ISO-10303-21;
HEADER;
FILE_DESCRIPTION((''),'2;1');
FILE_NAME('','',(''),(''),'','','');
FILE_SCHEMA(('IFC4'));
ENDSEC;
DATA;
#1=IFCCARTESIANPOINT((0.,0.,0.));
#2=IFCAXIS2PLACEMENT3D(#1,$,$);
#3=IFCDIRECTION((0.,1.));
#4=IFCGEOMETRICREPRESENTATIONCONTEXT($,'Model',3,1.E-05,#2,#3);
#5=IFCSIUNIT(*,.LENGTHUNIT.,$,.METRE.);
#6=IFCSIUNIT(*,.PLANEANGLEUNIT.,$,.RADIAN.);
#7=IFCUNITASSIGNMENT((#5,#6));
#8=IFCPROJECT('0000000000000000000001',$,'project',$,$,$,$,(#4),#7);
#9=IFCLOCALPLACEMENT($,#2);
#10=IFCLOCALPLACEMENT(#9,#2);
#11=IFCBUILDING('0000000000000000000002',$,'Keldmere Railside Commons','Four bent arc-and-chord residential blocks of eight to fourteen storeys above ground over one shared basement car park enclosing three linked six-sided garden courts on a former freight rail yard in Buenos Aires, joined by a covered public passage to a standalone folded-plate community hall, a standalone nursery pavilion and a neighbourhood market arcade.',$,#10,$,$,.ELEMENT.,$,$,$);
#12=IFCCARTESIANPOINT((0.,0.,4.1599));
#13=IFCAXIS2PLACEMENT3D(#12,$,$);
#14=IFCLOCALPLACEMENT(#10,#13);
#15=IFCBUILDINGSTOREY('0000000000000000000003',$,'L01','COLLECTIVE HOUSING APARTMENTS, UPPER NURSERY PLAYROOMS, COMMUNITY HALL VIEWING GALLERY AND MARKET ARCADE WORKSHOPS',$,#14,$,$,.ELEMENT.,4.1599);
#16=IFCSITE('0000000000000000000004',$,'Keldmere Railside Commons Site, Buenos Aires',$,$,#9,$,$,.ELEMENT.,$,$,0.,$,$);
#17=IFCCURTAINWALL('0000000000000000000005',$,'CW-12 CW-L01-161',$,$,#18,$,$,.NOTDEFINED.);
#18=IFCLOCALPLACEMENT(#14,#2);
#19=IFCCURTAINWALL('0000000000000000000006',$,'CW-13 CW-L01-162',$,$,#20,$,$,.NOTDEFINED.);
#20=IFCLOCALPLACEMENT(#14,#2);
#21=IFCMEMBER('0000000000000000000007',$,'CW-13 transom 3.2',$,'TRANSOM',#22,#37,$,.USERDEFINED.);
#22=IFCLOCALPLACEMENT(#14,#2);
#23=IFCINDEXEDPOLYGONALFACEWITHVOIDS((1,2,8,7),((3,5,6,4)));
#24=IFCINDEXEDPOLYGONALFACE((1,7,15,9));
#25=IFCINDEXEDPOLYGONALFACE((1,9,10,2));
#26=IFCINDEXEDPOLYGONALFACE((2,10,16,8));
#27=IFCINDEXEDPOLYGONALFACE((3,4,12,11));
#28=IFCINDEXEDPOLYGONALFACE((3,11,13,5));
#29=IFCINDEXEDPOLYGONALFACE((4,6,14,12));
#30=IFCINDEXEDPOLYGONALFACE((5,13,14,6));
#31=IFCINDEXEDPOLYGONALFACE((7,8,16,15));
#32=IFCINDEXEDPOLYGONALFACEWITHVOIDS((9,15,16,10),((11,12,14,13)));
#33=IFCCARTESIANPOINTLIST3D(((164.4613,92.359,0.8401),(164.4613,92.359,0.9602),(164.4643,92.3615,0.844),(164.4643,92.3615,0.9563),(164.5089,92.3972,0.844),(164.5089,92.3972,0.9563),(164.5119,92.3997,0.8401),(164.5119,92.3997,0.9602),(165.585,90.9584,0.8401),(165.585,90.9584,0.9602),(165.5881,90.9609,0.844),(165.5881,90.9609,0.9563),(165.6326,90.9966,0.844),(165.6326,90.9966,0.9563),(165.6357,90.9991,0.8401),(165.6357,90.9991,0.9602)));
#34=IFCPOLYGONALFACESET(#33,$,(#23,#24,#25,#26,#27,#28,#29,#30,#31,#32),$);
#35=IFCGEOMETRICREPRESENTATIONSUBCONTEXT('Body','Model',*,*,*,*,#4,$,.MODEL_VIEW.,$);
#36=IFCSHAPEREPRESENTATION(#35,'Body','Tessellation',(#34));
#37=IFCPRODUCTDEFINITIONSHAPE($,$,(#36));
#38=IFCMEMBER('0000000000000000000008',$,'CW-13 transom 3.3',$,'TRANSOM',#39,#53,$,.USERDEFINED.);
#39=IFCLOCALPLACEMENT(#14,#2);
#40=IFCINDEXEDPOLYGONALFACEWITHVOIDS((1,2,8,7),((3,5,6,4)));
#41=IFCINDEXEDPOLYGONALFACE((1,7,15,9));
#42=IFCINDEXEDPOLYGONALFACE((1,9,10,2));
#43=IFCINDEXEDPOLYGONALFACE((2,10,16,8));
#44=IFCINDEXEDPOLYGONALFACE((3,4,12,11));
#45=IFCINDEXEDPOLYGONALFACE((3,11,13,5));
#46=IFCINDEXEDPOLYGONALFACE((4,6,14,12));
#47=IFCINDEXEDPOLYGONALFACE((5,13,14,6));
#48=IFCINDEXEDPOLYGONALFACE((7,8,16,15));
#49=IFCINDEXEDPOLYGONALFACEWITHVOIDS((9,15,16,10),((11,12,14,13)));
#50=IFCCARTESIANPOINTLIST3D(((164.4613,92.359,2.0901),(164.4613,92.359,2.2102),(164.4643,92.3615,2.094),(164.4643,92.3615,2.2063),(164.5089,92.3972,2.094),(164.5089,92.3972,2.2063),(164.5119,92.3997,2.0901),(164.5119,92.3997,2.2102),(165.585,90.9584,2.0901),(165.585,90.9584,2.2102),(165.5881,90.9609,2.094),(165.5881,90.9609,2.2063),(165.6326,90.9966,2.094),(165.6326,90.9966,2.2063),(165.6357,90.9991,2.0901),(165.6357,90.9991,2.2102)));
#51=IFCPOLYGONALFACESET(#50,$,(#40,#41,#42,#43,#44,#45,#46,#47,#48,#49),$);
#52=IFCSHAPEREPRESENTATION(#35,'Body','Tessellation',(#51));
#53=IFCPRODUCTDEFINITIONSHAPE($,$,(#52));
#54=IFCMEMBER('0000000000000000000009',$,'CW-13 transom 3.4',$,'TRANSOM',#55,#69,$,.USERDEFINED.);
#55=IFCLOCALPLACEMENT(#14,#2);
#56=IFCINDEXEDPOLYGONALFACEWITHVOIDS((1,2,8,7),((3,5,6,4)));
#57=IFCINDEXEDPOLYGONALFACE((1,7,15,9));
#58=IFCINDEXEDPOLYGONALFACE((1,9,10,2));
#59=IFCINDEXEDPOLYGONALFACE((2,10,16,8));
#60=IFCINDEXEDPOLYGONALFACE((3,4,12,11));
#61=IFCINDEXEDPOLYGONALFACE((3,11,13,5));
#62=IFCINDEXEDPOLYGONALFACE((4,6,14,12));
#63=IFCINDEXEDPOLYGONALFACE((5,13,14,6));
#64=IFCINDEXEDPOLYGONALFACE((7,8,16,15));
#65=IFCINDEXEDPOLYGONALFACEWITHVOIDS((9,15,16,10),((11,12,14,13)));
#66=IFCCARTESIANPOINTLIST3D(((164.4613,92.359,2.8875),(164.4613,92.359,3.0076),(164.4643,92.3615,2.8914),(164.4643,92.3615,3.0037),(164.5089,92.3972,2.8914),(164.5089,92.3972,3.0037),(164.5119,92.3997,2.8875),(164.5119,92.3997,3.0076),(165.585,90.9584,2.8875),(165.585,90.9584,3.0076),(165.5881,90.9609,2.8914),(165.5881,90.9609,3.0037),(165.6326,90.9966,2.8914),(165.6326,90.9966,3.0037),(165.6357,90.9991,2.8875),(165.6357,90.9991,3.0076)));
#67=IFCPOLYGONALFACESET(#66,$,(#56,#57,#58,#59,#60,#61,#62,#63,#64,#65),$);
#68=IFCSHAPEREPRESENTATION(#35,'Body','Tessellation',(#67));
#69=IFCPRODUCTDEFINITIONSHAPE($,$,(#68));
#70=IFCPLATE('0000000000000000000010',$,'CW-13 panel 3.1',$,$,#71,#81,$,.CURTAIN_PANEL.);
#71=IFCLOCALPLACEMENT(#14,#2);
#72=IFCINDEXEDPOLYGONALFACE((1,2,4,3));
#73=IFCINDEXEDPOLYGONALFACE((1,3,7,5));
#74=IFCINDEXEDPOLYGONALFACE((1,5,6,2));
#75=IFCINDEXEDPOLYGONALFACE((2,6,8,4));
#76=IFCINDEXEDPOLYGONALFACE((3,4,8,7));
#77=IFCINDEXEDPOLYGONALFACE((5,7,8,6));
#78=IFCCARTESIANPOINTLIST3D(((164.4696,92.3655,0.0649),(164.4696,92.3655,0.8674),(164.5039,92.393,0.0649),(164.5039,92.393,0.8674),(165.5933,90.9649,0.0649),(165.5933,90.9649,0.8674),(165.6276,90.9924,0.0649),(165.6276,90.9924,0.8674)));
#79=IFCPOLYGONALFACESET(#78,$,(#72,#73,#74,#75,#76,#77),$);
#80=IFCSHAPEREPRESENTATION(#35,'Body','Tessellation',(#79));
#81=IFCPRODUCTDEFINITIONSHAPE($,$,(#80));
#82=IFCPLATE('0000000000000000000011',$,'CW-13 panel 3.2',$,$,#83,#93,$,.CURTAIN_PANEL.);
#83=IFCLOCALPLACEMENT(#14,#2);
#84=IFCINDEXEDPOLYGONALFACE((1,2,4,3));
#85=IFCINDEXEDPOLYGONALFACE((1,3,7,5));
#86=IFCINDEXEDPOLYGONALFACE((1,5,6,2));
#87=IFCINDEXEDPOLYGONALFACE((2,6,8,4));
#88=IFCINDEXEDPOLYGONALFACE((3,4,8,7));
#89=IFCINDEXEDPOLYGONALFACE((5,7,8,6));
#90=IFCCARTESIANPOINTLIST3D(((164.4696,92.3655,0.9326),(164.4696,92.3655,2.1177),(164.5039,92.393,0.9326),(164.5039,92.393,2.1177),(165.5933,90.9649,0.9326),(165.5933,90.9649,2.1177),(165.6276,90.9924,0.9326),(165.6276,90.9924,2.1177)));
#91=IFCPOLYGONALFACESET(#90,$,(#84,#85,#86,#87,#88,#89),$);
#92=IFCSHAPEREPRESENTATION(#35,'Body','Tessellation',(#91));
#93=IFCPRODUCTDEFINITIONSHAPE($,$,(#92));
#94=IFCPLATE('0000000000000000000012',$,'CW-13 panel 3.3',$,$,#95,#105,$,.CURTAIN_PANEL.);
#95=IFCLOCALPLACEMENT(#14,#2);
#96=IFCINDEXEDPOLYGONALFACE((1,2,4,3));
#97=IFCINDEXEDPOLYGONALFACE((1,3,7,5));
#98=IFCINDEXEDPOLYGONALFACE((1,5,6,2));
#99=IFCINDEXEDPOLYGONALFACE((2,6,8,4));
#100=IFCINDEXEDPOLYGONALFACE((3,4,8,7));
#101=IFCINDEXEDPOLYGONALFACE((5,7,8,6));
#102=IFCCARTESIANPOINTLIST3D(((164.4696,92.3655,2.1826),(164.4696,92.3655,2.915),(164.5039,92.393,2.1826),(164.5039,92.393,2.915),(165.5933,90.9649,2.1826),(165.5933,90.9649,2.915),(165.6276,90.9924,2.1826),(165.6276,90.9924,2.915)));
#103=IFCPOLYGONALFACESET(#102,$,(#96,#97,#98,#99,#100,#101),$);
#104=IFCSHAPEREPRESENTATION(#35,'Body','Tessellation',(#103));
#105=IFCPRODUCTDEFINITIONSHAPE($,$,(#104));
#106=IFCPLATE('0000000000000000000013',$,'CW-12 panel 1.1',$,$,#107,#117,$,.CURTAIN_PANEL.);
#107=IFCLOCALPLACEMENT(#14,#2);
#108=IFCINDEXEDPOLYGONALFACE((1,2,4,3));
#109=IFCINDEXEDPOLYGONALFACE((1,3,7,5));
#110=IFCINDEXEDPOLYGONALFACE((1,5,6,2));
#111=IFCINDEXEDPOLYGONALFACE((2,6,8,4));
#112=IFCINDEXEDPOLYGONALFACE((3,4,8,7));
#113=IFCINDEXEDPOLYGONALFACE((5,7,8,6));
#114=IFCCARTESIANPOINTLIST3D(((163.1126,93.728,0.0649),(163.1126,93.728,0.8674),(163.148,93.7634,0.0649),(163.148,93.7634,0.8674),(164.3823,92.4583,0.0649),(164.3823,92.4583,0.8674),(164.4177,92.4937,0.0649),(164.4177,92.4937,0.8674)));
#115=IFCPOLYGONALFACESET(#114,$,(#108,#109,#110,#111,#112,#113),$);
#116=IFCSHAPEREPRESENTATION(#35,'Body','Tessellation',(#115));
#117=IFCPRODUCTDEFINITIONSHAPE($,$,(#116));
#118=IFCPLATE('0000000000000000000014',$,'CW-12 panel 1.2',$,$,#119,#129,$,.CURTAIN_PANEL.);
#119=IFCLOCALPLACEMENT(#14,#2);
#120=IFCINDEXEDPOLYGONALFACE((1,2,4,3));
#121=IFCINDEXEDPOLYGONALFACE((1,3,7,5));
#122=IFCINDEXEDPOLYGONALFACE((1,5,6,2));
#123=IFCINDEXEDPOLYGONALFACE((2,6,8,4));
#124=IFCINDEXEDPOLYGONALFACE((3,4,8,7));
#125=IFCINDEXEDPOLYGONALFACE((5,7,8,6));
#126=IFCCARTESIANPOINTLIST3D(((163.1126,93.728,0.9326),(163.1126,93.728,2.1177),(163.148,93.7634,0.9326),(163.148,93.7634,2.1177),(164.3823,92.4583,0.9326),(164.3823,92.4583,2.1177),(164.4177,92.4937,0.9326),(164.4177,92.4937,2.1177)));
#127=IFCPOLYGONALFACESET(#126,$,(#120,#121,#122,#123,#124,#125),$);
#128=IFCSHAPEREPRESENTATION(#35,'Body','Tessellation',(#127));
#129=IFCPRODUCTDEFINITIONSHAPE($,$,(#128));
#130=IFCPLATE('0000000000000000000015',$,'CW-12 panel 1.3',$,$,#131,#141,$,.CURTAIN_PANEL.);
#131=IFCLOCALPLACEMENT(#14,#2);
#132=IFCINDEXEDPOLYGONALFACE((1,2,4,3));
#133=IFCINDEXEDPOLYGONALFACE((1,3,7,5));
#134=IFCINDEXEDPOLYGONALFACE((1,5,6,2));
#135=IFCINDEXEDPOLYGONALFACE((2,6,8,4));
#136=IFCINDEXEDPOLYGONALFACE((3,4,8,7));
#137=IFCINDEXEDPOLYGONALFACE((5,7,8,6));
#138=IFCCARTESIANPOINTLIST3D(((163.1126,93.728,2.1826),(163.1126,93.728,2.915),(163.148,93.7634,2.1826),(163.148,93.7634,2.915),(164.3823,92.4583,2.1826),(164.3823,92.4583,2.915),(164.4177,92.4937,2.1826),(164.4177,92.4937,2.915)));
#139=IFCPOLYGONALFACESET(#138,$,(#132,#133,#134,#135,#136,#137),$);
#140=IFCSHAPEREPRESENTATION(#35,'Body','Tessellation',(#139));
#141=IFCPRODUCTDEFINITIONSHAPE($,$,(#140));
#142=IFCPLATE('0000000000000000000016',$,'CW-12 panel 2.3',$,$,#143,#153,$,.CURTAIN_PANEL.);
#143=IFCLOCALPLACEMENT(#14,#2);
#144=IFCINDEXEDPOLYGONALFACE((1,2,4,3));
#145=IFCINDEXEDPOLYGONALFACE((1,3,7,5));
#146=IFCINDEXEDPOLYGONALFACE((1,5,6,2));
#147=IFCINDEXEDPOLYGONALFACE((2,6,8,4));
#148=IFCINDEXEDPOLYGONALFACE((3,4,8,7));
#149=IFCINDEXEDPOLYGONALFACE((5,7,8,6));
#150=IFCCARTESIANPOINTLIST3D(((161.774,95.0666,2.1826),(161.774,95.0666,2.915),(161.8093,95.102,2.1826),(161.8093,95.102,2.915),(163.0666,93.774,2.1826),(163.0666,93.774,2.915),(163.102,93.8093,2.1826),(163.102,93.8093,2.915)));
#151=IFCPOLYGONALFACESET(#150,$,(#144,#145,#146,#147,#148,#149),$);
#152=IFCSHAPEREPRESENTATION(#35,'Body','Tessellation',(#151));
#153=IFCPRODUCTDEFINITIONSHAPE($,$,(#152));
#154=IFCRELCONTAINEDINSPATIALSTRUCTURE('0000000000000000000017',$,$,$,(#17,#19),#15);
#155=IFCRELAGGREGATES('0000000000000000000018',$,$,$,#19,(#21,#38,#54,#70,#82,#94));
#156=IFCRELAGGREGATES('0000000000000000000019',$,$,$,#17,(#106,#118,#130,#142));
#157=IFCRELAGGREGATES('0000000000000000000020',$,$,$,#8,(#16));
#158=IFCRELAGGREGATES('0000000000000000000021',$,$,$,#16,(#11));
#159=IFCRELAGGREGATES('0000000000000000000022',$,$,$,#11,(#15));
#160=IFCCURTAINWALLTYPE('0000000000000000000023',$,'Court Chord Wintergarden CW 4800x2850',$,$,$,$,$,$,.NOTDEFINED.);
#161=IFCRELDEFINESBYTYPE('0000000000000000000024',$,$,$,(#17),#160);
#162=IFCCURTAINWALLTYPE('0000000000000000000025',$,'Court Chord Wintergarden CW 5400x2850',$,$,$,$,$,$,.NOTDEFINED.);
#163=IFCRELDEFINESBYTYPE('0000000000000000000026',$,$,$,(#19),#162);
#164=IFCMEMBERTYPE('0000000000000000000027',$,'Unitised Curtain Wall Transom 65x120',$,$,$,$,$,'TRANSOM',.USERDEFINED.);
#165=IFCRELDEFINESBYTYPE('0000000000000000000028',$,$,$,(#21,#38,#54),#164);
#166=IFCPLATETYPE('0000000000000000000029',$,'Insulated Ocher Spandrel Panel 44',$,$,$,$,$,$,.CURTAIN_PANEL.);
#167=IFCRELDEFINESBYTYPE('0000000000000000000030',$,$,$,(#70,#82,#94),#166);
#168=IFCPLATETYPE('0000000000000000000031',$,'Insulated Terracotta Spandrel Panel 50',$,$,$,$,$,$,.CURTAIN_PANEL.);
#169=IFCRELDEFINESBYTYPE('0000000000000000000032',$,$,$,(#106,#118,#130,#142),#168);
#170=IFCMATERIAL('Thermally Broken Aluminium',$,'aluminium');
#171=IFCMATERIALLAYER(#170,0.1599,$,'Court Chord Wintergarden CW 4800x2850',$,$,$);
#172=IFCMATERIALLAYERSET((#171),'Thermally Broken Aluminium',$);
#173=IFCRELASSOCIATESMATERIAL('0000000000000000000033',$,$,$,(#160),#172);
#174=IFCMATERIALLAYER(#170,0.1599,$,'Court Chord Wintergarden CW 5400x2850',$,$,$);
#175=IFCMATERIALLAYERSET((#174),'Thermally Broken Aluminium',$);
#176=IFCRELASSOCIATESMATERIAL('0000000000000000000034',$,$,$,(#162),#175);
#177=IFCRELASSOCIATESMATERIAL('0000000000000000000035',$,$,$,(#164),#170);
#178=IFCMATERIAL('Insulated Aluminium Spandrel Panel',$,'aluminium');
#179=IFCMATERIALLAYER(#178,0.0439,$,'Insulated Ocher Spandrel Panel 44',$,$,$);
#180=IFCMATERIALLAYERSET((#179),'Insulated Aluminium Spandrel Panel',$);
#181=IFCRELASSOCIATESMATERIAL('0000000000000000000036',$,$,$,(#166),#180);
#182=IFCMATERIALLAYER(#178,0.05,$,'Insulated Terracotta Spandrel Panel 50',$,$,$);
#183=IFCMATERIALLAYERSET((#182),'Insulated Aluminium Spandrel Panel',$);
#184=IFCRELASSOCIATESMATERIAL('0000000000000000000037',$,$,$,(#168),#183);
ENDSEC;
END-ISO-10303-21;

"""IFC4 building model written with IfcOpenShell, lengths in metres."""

from ifc_helpers import new_model, si_unit, direction, frame, origin, origin_2d, place, context, subcontext, project, spatial, rectangle, hollow_rectangle, extrude, material, layer, layer_set, material_profile, profile_set, type_object, element, aggregate, save


model = new_model("IFC4")

# Units and contexts
model_context = context("Model", 3, precision=1e-05, world=origin(), true_north=direction((0.0, 1.0)))
body_context = subcontext(model_context, "Body", "Model", "MODEL_VIEW")
ifc_project = project(units=[si_unit("LENGTHUNIT", "METRE"), si_unit("PLANEANGLEUNIT", "RADIAN")], contexts=[model_context])

# Site, building, storey
site_placement = place(None, origin())
site = spatial("IfcSite", under=ifc_project, at=site_placement, Name="Keldmere Railside Commons Site, Buenos Aires", CompositionType="ELEMENT", RefElevation=0.0)
building_placement = place(site_placement, origin())
building = spatial("IfcBuilding", under=site, at=building_placement, Name="Keldmere Railside Commons", Description="Four bent arc-and-chord residential blocks of eight to fourteen storeys above ground over one shared basement car park enclosing three linked six-sided garden courts on a former freight rail yard in Buenos Aires, joined by a covered public passage to a standalone folded-plate community hall, a standalone nursery pavilion and a neighbourhood market arcade.", CompositionType="ELEMENT")
storey_placement = place(building_placement, frame((0.0, 0.0, 4.1599)))
storey = spatial("IfcBuildingStorey", under=building, at=storey_placement, Name="L01", Description="COLLECTIVE HOUSING APARTMENTS, UPPER NURSERY PLAYROOMS, COMMUNITY HALL VIEWING GALLERY AND MARKET ARCADE WORKSHOPS", CompositionType="ELEMENT", Elevation=4.1599)

# Curtain wall
ifc_material_1 = material(Name="Thermally Broken Aluminium", Category="aluminium")
ifc_layer_1 = layer(ifc_material_1, 0.1599, Name="Court Chord Wintergarden CW 4800x2850")
ifc_layer_set_1 = layer_set([ifc_layer_1], Name="Thermally Broken Aluminium")
curtain_wall_type_1 = type_object("IfcCurtainWallType", Name="Court Chord Wintergarden CW 4800x2850", PredefinedType="NOTDEFINED", material=ifc_layer_set_1)
curtain_wall_1_placement = place(storey_placement, origin())
curtain_wall_1 = element("IfcCurtainWall", 1, at=curtain_wall_1_placement, inside=storey, type_object=curtain_wall_type_1, Name="CW-12 CW-L01-161", PredefinedType="NOTDEFINED")

# Curtain wall
ifc_layer_2 = layer(ifc_material_1, 0.1599, Name="Court Chord Wintergarden CW 5400x2850")
ifc_layer_set_2 = layer_set([ifc_layer_2], Name="Thermally Broken Aluminium")
curtain_wall_type_2 = type_object("IfcCurtainWallType", Name="Court Chord Wintergarden CW 5400x2850", PredefinedType="NOTDEFINED", material=ifc_layer_set_2)
curtain_wall_2_placement = place(storey_placement, origin())
curtain_wall_2 = element("IfcCurtainWall", 2, at=curtain_wall_2_placement, inside=storey, type_object=curtain_wall_type_2, Name="CW-13 CW-L01-162", PredefinedType="NOTDEFINED")

# Members
ifc_material_profile_1 = material_profile(ifc_material_1, hollow_rectangle(XDim=0.0649, YDim=0.1201, WallThickness=0.0039, at=origin_2d()), Name="ALU-TRAN-65x120")
ifc_profile_set_1 = profile_set([ifc_material_profile_1], Name="Thermally Broken Aluminium")
member_type_1 = type_object("IfcMemberType", Name="Unitised Curtain Wall Transom 65x120", ElementType="TRANSOM", PredefinedType="USERDEFINED", material=ifc_profile_set_1)
member_1_placement = place(storey_placement, frame((165.6104, 90.9788, 0.9001), z_axis=(-0.625805, 0.779979, 0.0), x_axis=(-0.779979, -0.625805, 0.0)))
member_1 = element("IfcMember", 3, at=member_1_placement, type_object=member_type_1, Name="CW-13 transom 3.2", ObjectType="TRANSOM", PredefinedType="USERDEFINED", context=body_context, shape_type="SweptSolid", body=[
    extrude(hollow_rectangle(XDim=0.0649, YDim=0.1201, WallThickness=0.0039, at=origin_2d()), origin(), (0.0, 0.0, 1.0), 1.7957),
])
member_2_placement = place(storey_placement, frame((165.6104, 90.9788, 2.1501), z_axis=(-0.625805, 0.779979, 0.0), x_axis=(-0.779979, -0.625805, 0.0)))
member_2 = element("IfcMember", 4, at=member_2_placement, type_object=member_type_1, Name="CW-13 transom 3.3", ObjectType="TRANSOM", PredefinedType="USERDEFINED", context=body_context, shape_type="SweptSolid", body=[
    extrude(hollow_rectangle(XDim=0.0649, YDim=0.1201, WallThickness=0.0039, at=origin_2d()), origin(), (0.0, 0.0, 1.0), 1.7957),
])
member_3_placement = place(storey_placement, frame((165.6104, 90.9788, 2.9475), z_axis=(-0.625805, 0.779979, 0.0), x_axis=(-0.779979, -0.625805, 0.0)))
member_3 = element("IfcMember", 5, at=member_3_placement, type_object=member_type_1, Name="CW-13 transom 3.4", ObjectType="TRANSOM", PredefinedType="USERDEFINED", context=body_context, shape_type="SweptSolid", body=[
    extrude(hollow_rectangle(XDim=0.0649, YDim=0.1201, WallThickness=0.0039, at=origin_2d()), origin(), (0.0, 0.0, 1.0), 1.7957),
])

# Plates
ifc_material_2 = material(Name="Insulated Aluminium Spandrel Panel", Category="aluminium")
ifc_layer_3 = layer(ifc_material_2, 0.0439, Name="Insulated Ocher Spandrel Panel 44")
ifc_layer_set_3 = layer_set([ifc_layer_3], Name="Insulated Aluminium Spandrel Panel")
plate_type_1 = type_object("IfcPlateType", Name="Insulated Ocher Spandrel Panel 44", PredefinedType="CURTAIN_PANEL", material=ifc_layer_set_3)
plate_1_placement = place(storey_placement, frame((165.0486, 91.679, 0.0649), z_axis=(0.0, 0.0, 1.0), x_axis=(-0.625768, 0.780009, 0.0)))
plate_1 = element("IfcPlate", 6, at=plate_1_placement, type_object=plate_type_1, Name="CW-13 panel 3.1", PredefinedType="CURTAIN_PANEL", context=body_context, shape_type="SweptSolid", body=[
    extrude(rectangle(XDim=1.7957, YDim=0.0439, at=origin_2d()), origin(), (0.0, 0.0, 1.0), 0.8025),
])
plate_2_placement = place(storey_placement, frame((165.0486, 91.679, 0.9326), z_axis=(0.0, 0.0, 1.0), x_axis=(-0.625768, 0.780009, 0.0)))
plate_2 = element("IfcPlate", 7, at=plate_2_placement, type_object=plate_type_1, Name="CW-13 panel 3.2", PredefinedType="CURTAIN_PANEL", context=body_context, shape_type="SweptSolid", body=[
    extrude(rectangle(XDim=1.7957, YDim=0.0439, at=origin_2d()), origin(), (0.0, 0.0, 1.0), 1.1851),
])
plate_3_placement = place(storey_placement, frame((165.0486, 91.679, 2.1826), z_axis=(0.0, 0.0, 1.0), x_axis=(-0.625768, 0.780009, 0.0)))
plate_3 = element("IfcPlate", 8, at=plate_3_placement, type_object=plate_type_1, Name="CW-13 panel 3.3", PredefinedType="CURTAIN_PANEL", context=body_context, shape_type="SweptSolid", body=[
    extrude(rectangle(XDim=1.7957, YDim=0.0439, at=origin_2d()), origin(), (0.0, 0.0, 1.0), 0.7324),
])
aggregate(curtain_wall_2, [member_1, member_2, member_3, plate_1, plate_2, plate_3])
ifc_layer_4 = layer(ifc_material_2, 0.05, Name="Insulated Terracotta Spandrel Panel 50")
ifc_layer_set_4 = layer_set([ifc_layer_4], Name="Insulated Aluminium Spandrel Panel")
plate_type_2 = type_object("IfcPlateType", Name="Insulated Terracotta Spandrel Panel 50", PredefinedType="CURTAIN_PANEL", material=ifc_layer_set_4)
plate_4_placement = place(storey_placement, frame((163.7651, 93.1108, 0.0649), z_axis=(0.0, 0.0, 1.0), x_axis=(-0.707107, 0.707107, 0.0)))
plate_4 = element("IfcPlate", 9, at=plate_4_placement, type_object=plate_type_2, Name="CW-12 panel 1.1", PredefinedType="CURTAIN_PANEL", context=body_context, shape_type="SweptSolid", body=[
    extrude(rectangle(XDim=1.7957, YDim=0.05, at=origin_2d()), origin(), (0.0, 0.0, 1.0), 0.8025),
])
plate_5_placement = place(storey_placement, frame((163.7651, 93.1108, 0.9326), z_axis=(0.0, 0.0, 1.0), x_axis=(-0.707107, 0.707107, 0.0)))
plate_5 = element("IfcPlate", 10, at=plate_5_placement, type_object=plate_type_2, Name="CW-12 panel 1.2", PredefinedType="CURTAIN_PANEL", context=body_context, shape_type="SweptSolid", body=[
    extrude(rectangle(XDim=1.7957, YDim=0.05, at=origin_2d()), origin(), (0.0, 0.0, 1.0), 1.1851),
])
plate_6_placement = place(storey_placement, frame((163.7651, 93.1108, 2.1826), z_axis=(0.0, 0.0, 1.0), x_axis=(-0.707107, 0.707107, 0.0)))
plate_6 = element("IfcPlate", 11, at=plate_6_placement, type_object=plate_type_2, Name="CW-12 panel 1.3", PredefinedType="CURTAIN_PANEL", context=body_context, shape_type="SweptSolid", body=[
    extrude(rectangle(XDim=1.7957, YDim=0.05, at=origin_2d()), origin(), (0.0, 0.0, 1.0), 0.7324),
])
plate_7_placement = place(storey_placement, frame((162.438, 94.438, 2.1826), z_axis=(0.0, 0.0, 1.0), x_axis=(-0.707107, 0.707107, 0.0)))
plate_7 = element("IfcPlate", 12, at=plate_7_placement, type_object=plate_type_2, Name="CW-12 panel 2.3", PredefinedType="CURTAIN_PANEL", context=body_context, shape_type="SweptSolid", body=[
    extrude(rectangle(XDim=1.8281, YDim=0.05, at=origin_2d()), origin(), (0.0, 0.0, 1.0), 0.7324),
])
aggregate(curtain_wall_1, [plate_4, plate_5, plate_6, plate_7])

save(model, "model.ifc")
